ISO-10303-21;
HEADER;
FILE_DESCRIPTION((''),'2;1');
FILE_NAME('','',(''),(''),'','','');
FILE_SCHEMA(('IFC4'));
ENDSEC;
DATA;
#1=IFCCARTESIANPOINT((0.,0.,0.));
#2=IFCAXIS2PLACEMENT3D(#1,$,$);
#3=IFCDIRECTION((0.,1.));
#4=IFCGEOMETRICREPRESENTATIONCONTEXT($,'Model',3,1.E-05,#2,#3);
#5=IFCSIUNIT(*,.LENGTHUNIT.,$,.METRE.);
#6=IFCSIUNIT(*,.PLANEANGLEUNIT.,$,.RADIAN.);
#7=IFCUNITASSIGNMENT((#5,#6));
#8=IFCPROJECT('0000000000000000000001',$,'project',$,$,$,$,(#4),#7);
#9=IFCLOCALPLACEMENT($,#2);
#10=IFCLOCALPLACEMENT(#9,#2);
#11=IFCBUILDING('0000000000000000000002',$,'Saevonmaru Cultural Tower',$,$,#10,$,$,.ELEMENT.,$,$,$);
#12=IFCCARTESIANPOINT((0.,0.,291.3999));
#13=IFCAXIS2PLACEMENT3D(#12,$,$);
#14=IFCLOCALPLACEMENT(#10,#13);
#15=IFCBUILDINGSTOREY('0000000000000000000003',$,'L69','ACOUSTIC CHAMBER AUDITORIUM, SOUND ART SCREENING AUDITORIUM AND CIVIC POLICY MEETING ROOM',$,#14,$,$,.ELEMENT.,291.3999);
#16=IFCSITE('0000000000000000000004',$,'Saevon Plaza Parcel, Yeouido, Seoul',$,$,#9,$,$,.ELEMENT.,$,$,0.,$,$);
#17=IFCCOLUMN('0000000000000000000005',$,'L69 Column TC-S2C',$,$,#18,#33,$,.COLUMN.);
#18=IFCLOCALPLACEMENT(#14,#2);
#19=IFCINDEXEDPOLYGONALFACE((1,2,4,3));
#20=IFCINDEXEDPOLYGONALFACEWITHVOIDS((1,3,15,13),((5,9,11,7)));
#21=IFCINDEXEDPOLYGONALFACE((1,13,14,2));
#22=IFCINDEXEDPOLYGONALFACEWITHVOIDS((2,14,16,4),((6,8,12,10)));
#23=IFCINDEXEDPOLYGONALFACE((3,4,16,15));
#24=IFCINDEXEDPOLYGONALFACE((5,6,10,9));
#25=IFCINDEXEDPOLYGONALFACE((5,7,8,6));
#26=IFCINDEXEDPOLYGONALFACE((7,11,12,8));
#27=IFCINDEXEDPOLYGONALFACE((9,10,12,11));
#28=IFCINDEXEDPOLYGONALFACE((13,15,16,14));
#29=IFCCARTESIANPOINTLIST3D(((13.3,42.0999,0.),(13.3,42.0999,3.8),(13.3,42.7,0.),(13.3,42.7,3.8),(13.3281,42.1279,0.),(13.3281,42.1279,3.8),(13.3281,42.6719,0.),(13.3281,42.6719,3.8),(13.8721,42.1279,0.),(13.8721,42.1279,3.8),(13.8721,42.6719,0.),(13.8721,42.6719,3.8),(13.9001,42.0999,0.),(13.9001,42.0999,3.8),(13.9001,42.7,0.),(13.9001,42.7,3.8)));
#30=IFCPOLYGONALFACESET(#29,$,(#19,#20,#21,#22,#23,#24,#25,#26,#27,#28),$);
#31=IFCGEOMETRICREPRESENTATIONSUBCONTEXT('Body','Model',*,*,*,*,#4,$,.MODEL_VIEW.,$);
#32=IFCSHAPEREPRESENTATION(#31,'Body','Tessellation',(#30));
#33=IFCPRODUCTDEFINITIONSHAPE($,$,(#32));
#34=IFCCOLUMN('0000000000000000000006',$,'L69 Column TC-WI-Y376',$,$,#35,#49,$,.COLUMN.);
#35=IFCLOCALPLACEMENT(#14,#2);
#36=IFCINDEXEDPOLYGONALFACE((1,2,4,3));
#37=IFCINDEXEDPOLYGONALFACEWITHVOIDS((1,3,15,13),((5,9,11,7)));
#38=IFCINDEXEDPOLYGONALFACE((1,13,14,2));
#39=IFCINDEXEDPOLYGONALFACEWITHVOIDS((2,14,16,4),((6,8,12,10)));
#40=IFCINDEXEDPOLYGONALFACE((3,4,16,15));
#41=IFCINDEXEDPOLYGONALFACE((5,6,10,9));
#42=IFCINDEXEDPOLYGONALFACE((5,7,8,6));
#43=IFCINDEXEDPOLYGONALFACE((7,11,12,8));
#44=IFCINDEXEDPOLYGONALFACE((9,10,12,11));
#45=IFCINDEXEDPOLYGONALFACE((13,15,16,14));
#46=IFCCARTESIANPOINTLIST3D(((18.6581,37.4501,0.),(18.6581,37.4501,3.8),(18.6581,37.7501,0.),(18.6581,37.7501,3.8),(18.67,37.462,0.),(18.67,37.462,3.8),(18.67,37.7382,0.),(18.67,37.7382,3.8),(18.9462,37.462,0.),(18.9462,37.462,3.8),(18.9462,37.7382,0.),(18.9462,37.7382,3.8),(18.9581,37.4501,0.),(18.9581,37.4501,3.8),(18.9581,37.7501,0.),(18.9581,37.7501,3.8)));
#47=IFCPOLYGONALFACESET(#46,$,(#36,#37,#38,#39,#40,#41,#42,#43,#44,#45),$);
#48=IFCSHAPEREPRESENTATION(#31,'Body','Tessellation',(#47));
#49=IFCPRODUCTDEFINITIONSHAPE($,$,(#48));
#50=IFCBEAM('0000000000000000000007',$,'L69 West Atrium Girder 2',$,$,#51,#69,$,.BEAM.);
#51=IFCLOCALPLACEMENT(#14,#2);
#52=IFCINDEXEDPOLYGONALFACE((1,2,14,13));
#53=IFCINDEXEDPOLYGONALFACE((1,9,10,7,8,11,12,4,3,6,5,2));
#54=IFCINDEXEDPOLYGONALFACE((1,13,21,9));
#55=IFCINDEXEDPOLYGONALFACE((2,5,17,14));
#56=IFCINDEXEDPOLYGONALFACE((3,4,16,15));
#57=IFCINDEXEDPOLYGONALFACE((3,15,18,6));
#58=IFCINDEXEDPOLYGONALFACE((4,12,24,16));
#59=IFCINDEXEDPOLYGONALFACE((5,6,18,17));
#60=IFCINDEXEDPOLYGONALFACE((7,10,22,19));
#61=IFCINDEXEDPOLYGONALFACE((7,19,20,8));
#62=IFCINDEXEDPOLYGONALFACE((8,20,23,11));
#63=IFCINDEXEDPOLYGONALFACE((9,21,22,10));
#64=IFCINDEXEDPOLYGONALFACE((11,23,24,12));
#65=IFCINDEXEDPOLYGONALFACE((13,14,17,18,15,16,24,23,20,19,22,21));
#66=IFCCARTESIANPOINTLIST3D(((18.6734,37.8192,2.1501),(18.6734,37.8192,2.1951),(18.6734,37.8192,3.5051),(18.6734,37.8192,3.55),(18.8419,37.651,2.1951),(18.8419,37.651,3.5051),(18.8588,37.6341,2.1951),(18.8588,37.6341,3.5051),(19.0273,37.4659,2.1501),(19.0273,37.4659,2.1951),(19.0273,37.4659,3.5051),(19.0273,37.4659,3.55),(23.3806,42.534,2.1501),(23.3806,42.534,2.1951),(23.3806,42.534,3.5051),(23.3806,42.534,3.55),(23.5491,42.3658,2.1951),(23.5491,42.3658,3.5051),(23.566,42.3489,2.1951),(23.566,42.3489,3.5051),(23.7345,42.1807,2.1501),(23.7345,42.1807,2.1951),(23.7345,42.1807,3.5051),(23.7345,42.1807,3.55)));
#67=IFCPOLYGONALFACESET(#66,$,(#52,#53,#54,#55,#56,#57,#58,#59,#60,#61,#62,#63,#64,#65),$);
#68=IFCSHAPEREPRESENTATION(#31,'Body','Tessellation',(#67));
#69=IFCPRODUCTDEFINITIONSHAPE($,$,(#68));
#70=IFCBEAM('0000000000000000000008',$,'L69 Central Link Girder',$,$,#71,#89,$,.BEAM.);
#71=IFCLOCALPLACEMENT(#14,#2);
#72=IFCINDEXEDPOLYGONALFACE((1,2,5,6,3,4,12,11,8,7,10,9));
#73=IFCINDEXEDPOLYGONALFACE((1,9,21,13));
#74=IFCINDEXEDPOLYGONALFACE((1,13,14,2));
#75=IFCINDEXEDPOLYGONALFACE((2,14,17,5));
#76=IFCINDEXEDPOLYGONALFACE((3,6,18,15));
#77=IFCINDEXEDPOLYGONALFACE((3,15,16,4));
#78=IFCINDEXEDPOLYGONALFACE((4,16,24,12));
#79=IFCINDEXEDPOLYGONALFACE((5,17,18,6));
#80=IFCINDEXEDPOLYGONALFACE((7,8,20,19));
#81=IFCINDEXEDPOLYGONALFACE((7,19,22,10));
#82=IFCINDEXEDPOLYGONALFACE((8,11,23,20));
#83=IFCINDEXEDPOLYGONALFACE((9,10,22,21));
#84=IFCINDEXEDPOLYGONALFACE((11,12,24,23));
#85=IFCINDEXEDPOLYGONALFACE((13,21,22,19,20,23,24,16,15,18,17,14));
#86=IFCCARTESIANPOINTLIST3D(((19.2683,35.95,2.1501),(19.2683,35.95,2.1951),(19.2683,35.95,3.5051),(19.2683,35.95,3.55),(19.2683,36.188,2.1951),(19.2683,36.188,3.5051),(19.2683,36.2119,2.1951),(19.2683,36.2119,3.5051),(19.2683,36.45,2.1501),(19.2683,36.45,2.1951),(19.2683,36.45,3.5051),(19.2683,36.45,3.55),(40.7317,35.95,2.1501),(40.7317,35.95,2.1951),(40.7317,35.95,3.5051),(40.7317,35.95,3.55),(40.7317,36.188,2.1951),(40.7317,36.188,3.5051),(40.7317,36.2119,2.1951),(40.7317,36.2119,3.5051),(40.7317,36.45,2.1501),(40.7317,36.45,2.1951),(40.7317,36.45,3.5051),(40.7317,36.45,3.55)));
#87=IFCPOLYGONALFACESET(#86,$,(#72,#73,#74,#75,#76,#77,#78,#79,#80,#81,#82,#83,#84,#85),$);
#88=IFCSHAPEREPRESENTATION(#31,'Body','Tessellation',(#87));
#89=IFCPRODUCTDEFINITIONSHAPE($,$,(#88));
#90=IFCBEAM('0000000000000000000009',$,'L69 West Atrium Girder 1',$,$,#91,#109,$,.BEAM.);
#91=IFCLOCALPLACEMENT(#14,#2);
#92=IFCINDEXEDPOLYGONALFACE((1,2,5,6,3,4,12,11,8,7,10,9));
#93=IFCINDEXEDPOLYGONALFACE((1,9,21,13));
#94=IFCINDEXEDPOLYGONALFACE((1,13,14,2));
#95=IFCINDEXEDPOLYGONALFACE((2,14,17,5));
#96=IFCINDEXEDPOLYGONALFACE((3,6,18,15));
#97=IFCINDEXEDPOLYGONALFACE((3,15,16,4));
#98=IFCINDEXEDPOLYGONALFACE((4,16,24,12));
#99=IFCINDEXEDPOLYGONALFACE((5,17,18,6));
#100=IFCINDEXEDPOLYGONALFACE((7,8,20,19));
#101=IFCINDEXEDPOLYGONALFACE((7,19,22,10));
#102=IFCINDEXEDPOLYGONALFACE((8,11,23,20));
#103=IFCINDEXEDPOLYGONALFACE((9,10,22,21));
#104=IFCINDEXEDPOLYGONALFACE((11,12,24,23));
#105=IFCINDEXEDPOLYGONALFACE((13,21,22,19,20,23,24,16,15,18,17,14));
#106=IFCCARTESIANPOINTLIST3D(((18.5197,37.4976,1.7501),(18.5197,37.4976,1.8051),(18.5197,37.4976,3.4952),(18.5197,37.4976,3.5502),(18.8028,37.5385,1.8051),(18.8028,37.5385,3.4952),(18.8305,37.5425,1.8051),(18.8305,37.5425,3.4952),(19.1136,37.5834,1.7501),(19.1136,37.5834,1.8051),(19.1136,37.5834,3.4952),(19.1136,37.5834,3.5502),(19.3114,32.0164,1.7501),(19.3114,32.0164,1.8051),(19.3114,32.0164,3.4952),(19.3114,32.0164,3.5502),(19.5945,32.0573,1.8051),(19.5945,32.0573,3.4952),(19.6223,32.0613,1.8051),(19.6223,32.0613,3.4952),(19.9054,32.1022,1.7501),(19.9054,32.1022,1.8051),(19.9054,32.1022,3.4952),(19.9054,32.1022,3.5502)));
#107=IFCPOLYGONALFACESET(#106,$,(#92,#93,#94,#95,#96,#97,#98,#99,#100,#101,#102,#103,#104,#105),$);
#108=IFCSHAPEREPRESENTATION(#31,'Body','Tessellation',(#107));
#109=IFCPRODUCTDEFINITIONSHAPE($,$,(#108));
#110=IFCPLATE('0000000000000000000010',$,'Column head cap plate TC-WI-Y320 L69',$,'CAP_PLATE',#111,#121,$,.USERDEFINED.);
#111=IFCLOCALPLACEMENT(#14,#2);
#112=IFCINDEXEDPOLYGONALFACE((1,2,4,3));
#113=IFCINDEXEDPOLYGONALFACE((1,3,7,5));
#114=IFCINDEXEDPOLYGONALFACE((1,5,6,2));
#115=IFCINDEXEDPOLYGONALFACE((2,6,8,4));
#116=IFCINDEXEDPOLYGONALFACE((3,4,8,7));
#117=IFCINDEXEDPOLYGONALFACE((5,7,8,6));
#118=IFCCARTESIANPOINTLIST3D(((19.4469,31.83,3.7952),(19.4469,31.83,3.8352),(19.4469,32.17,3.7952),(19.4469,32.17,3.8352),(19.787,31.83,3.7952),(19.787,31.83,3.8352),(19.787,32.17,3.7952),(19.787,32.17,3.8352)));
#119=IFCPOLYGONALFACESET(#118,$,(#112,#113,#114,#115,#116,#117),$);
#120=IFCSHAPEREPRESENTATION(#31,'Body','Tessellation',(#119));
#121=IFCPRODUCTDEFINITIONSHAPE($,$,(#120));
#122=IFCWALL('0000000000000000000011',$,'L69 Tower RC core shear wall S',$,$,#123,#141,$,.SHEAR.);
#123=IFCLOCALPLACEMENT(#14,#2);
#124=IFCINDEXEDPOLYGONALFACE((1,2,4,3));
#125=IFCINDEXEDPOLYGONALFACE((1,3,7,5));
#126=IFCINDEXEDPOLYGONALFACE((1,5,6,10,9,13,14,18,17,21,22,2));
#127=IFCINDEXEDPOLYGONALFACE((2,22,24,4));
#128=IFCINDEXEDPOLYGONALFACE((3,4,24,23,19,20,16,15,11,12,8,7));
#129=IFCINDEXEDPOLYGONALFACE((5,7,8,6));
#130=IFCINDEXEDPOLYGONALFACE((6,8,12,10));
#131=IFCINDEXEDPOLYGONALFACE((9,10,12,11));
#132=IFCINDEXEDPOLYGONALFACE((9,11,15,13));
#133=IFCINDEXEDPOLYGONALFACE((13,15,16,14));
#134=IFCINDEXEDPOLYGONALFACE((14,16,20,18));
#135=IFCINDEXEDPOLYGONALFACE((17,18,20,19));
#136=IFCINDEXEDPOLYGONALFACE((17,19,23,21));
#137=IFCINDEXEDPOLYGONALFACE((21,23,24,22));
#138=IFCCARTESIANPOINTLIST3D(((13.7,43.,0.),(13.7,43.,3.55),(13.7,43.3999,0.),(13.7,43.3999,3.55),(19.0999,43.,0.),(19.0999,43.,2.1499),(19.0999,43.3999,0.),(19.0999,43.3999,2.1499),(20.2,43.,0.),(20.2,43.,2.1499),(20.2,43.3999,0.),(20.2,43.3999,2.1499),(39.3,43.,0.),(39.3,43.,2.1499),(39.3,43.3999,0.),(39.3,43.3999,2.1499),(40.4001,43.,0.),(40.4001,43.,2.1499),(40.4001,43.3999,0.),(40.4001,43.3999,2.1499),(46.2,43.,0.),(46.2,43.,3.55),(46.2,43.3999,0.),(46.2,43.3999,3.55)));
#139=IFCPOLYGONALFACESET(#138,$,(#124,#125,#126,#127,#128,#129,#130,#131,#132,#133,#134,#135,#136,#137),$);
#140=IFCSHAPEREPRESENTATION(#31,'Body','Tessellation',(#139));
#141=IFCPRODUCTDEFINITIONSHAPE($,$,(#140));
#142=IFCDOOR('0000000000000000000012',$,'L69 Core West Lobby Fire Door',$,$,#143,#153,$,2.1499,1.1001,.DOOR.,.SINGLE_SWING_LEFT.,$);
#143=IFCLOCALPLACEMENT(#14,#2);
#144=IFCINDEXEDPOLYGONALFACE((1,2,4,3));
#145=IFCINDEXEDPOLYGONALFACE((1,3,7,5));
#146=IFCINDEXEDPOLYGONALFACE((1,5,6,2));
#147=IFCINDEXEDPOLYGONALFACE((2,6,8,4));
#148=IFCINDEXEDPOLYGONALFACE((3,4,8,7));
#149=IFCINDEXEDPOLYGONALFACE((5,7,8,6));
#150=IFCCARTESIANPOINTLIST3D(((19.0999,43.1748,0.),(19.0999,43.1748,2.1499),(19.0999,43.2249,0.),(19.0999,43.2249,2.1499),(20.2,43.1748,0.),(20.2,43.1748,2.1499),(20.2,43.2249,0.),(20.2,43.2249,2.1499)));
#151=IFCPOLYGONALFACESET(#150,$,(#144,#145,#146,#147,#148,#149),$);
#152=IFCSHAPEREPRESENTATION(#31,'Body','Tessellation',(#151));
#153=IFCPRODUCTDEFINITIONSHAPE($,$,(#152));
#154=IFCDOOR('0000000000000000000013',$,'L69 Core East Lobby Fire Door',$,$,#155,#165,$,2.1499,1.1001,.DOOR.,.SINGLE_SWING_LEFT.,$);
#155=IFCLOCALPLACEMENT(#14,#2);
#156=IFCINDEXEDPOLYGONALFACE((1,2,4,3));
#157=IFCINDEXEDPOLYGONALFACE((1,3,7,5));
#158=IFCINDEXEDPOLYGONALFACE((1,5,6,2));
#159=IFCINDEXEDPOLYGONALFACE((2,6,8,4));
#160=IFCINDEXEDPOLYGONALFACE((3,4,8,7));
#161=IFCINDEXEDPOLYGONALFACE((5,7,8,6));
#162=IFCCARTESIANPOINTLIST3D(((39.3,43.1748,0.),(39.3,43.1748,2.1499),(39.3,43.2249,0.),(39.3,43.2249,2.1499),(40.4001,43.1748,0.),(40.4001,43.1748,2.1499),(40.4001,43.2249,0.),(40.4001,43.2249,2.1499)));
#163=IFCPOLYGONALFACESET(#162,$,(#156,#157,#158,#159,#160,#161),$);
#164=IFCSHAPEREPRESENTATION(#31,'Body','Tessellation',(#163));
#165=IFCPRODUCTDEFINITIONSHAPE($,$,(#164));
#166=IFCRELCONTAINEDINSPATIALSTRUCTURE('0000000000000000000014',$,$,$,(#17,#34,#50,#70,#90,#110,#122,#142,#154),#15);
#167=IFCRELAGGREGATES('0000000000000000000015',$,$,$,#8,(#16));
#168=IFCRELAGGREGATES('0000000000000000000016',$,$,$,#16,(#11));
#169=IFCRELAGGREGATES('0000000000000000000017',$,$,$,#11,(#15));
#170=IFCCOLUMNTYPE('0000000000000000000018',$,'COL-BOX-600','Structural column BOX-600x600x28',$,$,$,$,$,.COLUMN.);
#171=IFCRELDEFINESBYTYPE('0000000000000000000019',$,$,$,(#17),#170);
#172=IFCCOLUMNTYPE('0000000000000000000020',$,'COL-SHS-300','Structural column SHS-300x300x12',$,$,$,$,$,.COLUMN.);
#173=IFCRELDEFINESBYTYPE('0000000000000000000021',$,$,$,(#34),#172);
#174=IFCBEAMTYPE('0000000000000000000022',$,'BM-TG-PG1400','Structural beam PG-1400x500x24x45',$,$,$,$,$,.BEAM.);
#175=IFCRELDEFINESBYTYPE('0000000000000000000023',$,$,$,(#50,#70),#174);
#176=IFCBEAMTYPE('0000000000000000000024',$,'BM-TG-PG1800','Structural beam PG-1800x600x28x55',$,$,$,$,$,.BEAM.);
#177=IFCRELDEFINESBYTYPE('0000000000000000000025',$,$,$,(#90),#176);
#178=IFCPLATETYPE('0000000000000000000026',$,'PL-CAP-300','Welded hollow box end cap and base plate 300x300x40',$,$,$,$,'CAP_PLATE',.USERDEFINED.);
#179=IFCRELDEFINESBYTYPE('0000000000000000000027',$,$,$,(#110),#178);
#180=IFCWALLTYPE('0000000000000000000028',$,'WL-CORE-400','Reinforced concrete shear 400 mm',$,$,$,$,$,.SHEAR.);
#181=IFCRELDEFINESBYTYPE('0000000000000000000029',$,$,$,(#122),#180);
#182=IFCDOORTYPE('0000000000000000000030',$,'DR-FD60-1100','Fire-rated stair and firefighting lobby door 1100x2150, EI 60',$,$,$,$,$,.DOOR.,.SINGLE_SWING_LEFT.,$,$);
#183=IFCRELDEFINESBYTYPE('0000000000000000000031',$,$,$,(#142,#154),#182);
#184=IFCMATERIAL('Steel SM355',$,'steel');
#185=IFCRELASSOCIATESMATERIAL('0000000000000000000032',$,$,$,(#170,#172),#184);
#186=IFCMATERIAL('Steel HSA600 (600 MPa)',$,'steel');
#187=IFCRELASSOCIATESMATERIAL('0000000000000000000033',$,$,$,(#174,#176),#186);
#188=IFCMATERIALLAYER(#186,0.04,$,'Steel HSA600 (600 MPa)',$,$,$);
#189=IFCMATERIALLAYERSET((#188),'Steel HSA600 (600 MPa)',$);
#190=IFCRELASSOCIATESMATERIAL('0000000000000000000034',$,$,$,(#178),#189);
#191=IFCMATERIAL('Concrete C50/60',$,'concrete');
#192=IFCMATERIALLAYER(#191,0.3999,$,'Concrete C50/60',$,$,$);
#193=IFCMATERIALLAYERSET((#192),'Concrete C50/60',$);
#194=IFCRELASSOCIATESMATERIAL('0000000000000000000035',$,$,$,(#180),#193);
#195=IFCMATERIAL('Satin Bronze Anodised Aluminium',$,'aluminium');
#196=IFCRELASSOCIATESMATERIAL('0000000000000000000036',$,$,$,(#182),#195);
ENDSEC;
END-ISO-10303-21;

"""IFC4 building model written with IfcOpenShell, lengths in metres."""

from ifc_helpers import new_model, si_unit, direction, frame, frame_2d, origin, origin_2d, place, context, subcontext, project, spatial, rectangle, hollow_rectangle, i_section, extrude, material, layer, layer_set, material_profile, profile_set, type_object, element, fill, save


model = new_model("IFC4")

# Units and contexts
model_context = context("Model", 3, precision=1e-05, world=origin(), true_north=direction((0.0, 1.0)))
body_context = subcontext(model_context, "Body", "Model", "MODEL_VIEW")
ifc_project = project(units=[si_unit("LENGTHUNIT", "METRE"), si_unit("PLANEANGLEUNIT", "RADIAN")], contexts=[model_context])

# Site, building, storey
site_placement = place(None, origin())
site = spatial("IfcSite", under=ifc_project, at=site_placement, Name="Saevon Plaza Parcel, Yeouido, Seoul", CompositionType="ELEMENT", RefElevation=0.0)
building_placement = place(site_placement, origin())
building = spatial("IfcBuilding", under=site, at=building_placement, Name="Saevonmaru Cultural Tower", CompositionType="ELEMENT")
storey_placement = place(building_placement, frame((0.0, 0.0, 291.3999)))
storey = spatial("IfcBuildingStorey", under=building, at=storey_placement, Name="L69", Description="ACOUSTIC CHAMBER AUDITORIUM, SOUND ART SCREENING AUDITORIUM AND CIVIC POLICY MEETING ROOM", CompositionType="ELEMENT", Elevation=291.3999)

# Columns
ifc_material_1 = material(Name="Steel SM355", Category="steel")
ifc_material_profile_1 = material_profile(ifc_material_1, hollow_rectangle(XDim=0.6001, YDim=0.6001, WallThickness=0.0281, at=origin_2d()), Name="BOX-600x600x28")
ifc_profile_set_1 = profile_set([ifc_material_profile_1], Name="Steel SM355")
column_type_1 = type_object("IfcColumnType", Name="COL-BOX-600", Description="Structural column BOX-600x600x28", PredefinedType="COLUMN", material=ifc_profile_set_1)
column_1_placement = place(storey_placement, frame((13.6001, 42.3999, 0.0), z_axis=(0.0, 0.0, 1.0), x_axis=(1.0, 0.0, 0.0)))
element("IfcColumn", 1, at=column_1_placement, inside=storey, type_object=column_type_1, Name="L69 Column TC-S2C", PredefinedType="COLUMN", context=body_context, shape_type="SweptSolid", body=[
    extrude(hollow_rectangle(XDim=0.6001, YDim=0.6001, WallThickness=0.0281, at=origin_2d()), origin(), (0.0, 0.0, 1.0), 3.8),
])
ifc_material_profile_2 = material_profile(ifc_material_1, hollow_rectangle(XDim=0.3, YDim=0.3, WallThickness=0.012, at=origin_2d()), Name="SHS-300x300x12")
ifc_profile_set_2 = profile_set([ifc_material_profile_2], Name="Steel SM355")
column_type_2 = type_object("IfcColumnType", Name="COL-SHS-300", Description="Structural column SHS-300x300x12", PredefinedType="COLUMN", material=ifc_profile_set_2)
column_2_placement = place(storey_placement, frame((18.8081, 37.6001, 0.0), z_axis=(0.0, 0.0, 1.0), x_axis=(1.0, 0.0, 0.0)))
element("IfcColumn", 2, at=column_2_placement, inside=storey, type_object=column_type_2, Name="L69 Column TC-WI-Y376", PredefinedType="COLUMN", context=body_context, shape_type="SweptSolid", body=[
    extrude(hollow_rectangle(XDim=0.3, YDim=0.3, WallThickness=0.012, at=origin_2d()), origin(), (0.0, 0.0, 1.0), 3.8),
])

# Beams
ifc_material_2 = material(Name="Steel HSA600 (600 MPa)", Category="steel")
ifc_material_profile_3 = material_profile(ifc_material_2, i_section(OverallWidth=0.5, OverallDepth=1.3999, WebThickness=0.0239, FlangeThickness=0.0449, at=origin_2d()), Name="PG-1400x500x24x45")
ifc_profile_set_3 = profile_set([ifc_material_profile_3], Name="Steel HSA600 (600 MPa)")
beam_type_1 = type_object("IfcBeamType", Name="BM-TG-PG1400", Description="Structural beam PG-1400x500x24x45", PredefinedType="BEAM", material=ifc_profile_set_3)
beam_1_placement = place(storey_placement, frame((18.8503, 37.6426, 2.8501), z_axis=(0.706539, 0.707675, 0.0), x_axis=(-0.707675, 0.706539, 0.0)))
element("IfcBeam", 3, at=beam_1_placement, inside=storey, type_object=beam_type_1, Name="L69 West Atrium Girder 2", PredefinedType="BEAM", context=body_context, shape_type="SweptSolid", body=[
    extrude(i_section(OverallWidth=0.5, OverallDepth=1.3999, WebThickness=0.0239, FlangeThickness=0.0449, at=origin_2d()), origin(), (0.0, 0.0, 1.0), 6.6624),
])
beam_2_placement = place(storey_placement, frame((19.2683, 36.2, 2.8501), z_axis=(1.0, 0.0, 0.0), x_axis=(0.0, 1.0, 0.0)))
element("IfcBeam", 4, at=beam_2_placement, inside=storey, type_object=beam_type_1, Name="L69 Central Link Girder", PredefinedType="BEAM", context=body_context, shape_type="SweptSolid", body=[
    extrude(i_section(OverallWidth=0.5, OverallDepth=1.3999, WebThickness=0.0239, FlangeThickness=0.0449, at=origin_2d()), origin(), (0.0, 0.0, 1.0), 21.4634),
])
ifc_material_profile_4 = material_profile(ifc_material_2, i_section(OverallWidth=0.6001, OverallDepth=1.8, WebThickness=0.0281, FlangeThickness=0.0549, at=origin_2d()), Name="PG-1800x600x28x55")
ifc_profile_set_4 = profile_set([ifc_material_profile_4], Name="Steel HSA600 (600 MPa)")
beam_type_2 = type_object("IfcBeamType", Name="BM-TG-PG1800", Description="Structural beam PG-1800x600x28x55", PredefinedType="BEAM", material=ifc_profile_set_4)
beam_3_placement = place(storey_placement, frame((19.6084, 32.0593, 2.6501), z_axis=(-0.142964, 0.989728, 0.0), x_axis=(-0.989728, -0.142964, 0.0)))
element("IfcBeam", 5, at=beam_3_placement, inside=storey, type_object=beam_type_2, Name="L69 West Atrium Girder 1", PredefinedType="BEAM", context=body_context, shape_type="SweptSolid", body=[
    extrude(i_section(OverallWidth=0.6001, OverallDepth=1.8, WebThickness=0.0281, FlangeThickness=0.0549, at=origin_2d()), origin(), (0.0, 0.0, 1.0), 5.5381),
])

# Plate
ifc_layer_1 = layer(ifc_material_2, 0.04, Name="Steel HSA600 (600 MPa)")
ifc_layer_set_1 = layer_set([ifc_layer_1], Name="Steel HSA600 (600 MPa)")
plate_type = type_object("IfcPlateType", Name="PL-CAP-300", Description="Welded hollow box end cap and base plate 300x300x40", ElementType="CAP_PLATE", PredefinedType="USERDEFINED", material=ifc_layer_set_1)
plate_placement = place(storey_placement, frame((19.6169, 32.0, 3.7952), z_axis=(0.0, 0.0, 1.0), x_axis=(1.0, 0.0, 0.0)))
element("IfcPlate", 6, at=plate_placement, inside=storey, type_object=plate_type, Name="Column head cap plate TC-WI-Y320 L69", ObjectType="CAP_PLATE", PredefinedType="USERDEFINED", context=body_context, shape_type="SweptSolid", body=[
    extrude(rectangle(XDim=0.3401, YDim=0.3401, at=origin_2d()), origin(), (0.0, 0.0, 1.0), 0.04),
])

# Wall, openings, doors
ifc_material_3 = material(Name="Concrete C50/60", Category="concrete")
ifc_layer_2 = layer(ifc_material_3, 0.3999, Name="Concrete C50/60")
ifc_layer_set_2 = layer_set([ifc_layer_2], Name="Concrete C50/60")
wall_type_1 = type_object("IfcWallType", Name="WL-CORE-400", Description="Reinforced concrete shear 400 mm", PredefinedType="SHEAR", material=ifc_layer_set_2)
wall_1_placement = place(storey_placement, frame((13.7, 43.2, 0.0), z_axis=(0.0, 0.0, 1.0), x_axis=(1.0, 0.0, 0.0)))
wall_1 = element("IfcWall", 7, at=wall_1_placement, inside=storey, type_object=wall_type_1, Name="L69 Tower RC core shear wall S", PredefinedType="SHEAR", context=body_context, shape_type="SweptSolid", body=[
    extrude(rectangle(XDim=32.5, YDim=0.3999, at=frame_2d((16.25, 0.0))), origin(), (0.0, 0.0, 1.0), 3.55),
])
opening_1_placement = place(wall_1_placement, frame((5.3999, 0.0, 0.0)))
opening_1 = element("IfcOpeningElement", 8, at=opening_1_placement, cuts=wall_1, PredefinedType="OPENING", context=body_context, shape_type="SweptSolid", body=[
    extrude(rectangle(XDim=1.1001, YDim=2.1499, at=frame_2d((0.55, 1.075))), frame((0.0, 0.21, 0.0), z_axis=(0.0, -1.0, 0.0), x_axis=(1.0, 0.0, 0.0)), (0.0, 0.0, 1.0), 0.4199),
])
opening_2_placement = place(wall_1_placement, frame((25.6001, 0.0, 0.0)))
opening_2 = element("IfcOpeningElement", 9, at=opening_2_placement, cuts=wall_1, PredefinedType="OPENING", context=body_context, shape_type="SweptSolid", body=[
    extrude(rectangle(XDim=1.1001, YDim=2.1499, at=frame_2d((0.55, 1.075))), frame((0.0, 0.21, 0.0), z_axis=(0.0, -1.0, 0.0), x_axis=(1.0, 0.0, 0.0)), (0.0, 0.0, 1.0), 0.4199),
])
ifc_material_4 = material(Name="Satin Bronze Anodised Aluminium", Category="aluminium")
door_type_1 = type_object("IfcDoorType", Name="DR-FD60-1100", Description="Fire-rated stair and firefighting lobby door 1100x2150, EI 60", OperationType="SINGLE_SWING_LEFT", PredefinedType="DOOR", material=ifc_material_4)
door_1_placement = place(opening_1_placement, origin())
door_1 = element("IfcDoor", 10, at=door_1_placement, inside=storey, type_object=door_type_1, Name="L69 Core West Lobby Fire Door", OperationType="SINGLE_SWING_LEFT", OverallHeight=2.1499, OverallWidth=1.1001, PredefinedType="DOOR", context=body_context, shape_type="SweptSolid", body=[
    extrude(rectangle(XDim=1.1001, YDim=2.1499, at=frame_2d((0.55, 1.075))), frame((0.0, 0.0249, 0.0), z_axis=(0.0, -1.0, 0.0), x_axis=(1.0, 0.0, 0.0)), (0.0, 0.0, 1.0), 0.05),
])
fill(opening_1, door_1)
door_2_placement = place(opening_2_placement, origin())
door_2 = element("IfcDoor", 11, at=door_2_placement, inside=storey, type_object=door_type_1, Name="L69 Core East Lobby Fire Door", OperationType="SINGLE_SWING_LEFT", OverallHeight=2.1499, OverallWidth=1.1001, PredefinedType="DOOR", context=body_context, shape_type="SweptSolid", body=[
    extrude(rectangle(XDim=1.1001, YDim=2.1499, at=frame_2d((0.55, 1.075))), frame((0.0, 0.0249, 0.0), z_axis=(0.0, -1.0, 0.0), x_axis=(1.0, 0.0, 0.0)), (0.0, 0.0, 1.0), 0.05),
])
fill(opening_2, door_2)

save(model, "model.ifc")
